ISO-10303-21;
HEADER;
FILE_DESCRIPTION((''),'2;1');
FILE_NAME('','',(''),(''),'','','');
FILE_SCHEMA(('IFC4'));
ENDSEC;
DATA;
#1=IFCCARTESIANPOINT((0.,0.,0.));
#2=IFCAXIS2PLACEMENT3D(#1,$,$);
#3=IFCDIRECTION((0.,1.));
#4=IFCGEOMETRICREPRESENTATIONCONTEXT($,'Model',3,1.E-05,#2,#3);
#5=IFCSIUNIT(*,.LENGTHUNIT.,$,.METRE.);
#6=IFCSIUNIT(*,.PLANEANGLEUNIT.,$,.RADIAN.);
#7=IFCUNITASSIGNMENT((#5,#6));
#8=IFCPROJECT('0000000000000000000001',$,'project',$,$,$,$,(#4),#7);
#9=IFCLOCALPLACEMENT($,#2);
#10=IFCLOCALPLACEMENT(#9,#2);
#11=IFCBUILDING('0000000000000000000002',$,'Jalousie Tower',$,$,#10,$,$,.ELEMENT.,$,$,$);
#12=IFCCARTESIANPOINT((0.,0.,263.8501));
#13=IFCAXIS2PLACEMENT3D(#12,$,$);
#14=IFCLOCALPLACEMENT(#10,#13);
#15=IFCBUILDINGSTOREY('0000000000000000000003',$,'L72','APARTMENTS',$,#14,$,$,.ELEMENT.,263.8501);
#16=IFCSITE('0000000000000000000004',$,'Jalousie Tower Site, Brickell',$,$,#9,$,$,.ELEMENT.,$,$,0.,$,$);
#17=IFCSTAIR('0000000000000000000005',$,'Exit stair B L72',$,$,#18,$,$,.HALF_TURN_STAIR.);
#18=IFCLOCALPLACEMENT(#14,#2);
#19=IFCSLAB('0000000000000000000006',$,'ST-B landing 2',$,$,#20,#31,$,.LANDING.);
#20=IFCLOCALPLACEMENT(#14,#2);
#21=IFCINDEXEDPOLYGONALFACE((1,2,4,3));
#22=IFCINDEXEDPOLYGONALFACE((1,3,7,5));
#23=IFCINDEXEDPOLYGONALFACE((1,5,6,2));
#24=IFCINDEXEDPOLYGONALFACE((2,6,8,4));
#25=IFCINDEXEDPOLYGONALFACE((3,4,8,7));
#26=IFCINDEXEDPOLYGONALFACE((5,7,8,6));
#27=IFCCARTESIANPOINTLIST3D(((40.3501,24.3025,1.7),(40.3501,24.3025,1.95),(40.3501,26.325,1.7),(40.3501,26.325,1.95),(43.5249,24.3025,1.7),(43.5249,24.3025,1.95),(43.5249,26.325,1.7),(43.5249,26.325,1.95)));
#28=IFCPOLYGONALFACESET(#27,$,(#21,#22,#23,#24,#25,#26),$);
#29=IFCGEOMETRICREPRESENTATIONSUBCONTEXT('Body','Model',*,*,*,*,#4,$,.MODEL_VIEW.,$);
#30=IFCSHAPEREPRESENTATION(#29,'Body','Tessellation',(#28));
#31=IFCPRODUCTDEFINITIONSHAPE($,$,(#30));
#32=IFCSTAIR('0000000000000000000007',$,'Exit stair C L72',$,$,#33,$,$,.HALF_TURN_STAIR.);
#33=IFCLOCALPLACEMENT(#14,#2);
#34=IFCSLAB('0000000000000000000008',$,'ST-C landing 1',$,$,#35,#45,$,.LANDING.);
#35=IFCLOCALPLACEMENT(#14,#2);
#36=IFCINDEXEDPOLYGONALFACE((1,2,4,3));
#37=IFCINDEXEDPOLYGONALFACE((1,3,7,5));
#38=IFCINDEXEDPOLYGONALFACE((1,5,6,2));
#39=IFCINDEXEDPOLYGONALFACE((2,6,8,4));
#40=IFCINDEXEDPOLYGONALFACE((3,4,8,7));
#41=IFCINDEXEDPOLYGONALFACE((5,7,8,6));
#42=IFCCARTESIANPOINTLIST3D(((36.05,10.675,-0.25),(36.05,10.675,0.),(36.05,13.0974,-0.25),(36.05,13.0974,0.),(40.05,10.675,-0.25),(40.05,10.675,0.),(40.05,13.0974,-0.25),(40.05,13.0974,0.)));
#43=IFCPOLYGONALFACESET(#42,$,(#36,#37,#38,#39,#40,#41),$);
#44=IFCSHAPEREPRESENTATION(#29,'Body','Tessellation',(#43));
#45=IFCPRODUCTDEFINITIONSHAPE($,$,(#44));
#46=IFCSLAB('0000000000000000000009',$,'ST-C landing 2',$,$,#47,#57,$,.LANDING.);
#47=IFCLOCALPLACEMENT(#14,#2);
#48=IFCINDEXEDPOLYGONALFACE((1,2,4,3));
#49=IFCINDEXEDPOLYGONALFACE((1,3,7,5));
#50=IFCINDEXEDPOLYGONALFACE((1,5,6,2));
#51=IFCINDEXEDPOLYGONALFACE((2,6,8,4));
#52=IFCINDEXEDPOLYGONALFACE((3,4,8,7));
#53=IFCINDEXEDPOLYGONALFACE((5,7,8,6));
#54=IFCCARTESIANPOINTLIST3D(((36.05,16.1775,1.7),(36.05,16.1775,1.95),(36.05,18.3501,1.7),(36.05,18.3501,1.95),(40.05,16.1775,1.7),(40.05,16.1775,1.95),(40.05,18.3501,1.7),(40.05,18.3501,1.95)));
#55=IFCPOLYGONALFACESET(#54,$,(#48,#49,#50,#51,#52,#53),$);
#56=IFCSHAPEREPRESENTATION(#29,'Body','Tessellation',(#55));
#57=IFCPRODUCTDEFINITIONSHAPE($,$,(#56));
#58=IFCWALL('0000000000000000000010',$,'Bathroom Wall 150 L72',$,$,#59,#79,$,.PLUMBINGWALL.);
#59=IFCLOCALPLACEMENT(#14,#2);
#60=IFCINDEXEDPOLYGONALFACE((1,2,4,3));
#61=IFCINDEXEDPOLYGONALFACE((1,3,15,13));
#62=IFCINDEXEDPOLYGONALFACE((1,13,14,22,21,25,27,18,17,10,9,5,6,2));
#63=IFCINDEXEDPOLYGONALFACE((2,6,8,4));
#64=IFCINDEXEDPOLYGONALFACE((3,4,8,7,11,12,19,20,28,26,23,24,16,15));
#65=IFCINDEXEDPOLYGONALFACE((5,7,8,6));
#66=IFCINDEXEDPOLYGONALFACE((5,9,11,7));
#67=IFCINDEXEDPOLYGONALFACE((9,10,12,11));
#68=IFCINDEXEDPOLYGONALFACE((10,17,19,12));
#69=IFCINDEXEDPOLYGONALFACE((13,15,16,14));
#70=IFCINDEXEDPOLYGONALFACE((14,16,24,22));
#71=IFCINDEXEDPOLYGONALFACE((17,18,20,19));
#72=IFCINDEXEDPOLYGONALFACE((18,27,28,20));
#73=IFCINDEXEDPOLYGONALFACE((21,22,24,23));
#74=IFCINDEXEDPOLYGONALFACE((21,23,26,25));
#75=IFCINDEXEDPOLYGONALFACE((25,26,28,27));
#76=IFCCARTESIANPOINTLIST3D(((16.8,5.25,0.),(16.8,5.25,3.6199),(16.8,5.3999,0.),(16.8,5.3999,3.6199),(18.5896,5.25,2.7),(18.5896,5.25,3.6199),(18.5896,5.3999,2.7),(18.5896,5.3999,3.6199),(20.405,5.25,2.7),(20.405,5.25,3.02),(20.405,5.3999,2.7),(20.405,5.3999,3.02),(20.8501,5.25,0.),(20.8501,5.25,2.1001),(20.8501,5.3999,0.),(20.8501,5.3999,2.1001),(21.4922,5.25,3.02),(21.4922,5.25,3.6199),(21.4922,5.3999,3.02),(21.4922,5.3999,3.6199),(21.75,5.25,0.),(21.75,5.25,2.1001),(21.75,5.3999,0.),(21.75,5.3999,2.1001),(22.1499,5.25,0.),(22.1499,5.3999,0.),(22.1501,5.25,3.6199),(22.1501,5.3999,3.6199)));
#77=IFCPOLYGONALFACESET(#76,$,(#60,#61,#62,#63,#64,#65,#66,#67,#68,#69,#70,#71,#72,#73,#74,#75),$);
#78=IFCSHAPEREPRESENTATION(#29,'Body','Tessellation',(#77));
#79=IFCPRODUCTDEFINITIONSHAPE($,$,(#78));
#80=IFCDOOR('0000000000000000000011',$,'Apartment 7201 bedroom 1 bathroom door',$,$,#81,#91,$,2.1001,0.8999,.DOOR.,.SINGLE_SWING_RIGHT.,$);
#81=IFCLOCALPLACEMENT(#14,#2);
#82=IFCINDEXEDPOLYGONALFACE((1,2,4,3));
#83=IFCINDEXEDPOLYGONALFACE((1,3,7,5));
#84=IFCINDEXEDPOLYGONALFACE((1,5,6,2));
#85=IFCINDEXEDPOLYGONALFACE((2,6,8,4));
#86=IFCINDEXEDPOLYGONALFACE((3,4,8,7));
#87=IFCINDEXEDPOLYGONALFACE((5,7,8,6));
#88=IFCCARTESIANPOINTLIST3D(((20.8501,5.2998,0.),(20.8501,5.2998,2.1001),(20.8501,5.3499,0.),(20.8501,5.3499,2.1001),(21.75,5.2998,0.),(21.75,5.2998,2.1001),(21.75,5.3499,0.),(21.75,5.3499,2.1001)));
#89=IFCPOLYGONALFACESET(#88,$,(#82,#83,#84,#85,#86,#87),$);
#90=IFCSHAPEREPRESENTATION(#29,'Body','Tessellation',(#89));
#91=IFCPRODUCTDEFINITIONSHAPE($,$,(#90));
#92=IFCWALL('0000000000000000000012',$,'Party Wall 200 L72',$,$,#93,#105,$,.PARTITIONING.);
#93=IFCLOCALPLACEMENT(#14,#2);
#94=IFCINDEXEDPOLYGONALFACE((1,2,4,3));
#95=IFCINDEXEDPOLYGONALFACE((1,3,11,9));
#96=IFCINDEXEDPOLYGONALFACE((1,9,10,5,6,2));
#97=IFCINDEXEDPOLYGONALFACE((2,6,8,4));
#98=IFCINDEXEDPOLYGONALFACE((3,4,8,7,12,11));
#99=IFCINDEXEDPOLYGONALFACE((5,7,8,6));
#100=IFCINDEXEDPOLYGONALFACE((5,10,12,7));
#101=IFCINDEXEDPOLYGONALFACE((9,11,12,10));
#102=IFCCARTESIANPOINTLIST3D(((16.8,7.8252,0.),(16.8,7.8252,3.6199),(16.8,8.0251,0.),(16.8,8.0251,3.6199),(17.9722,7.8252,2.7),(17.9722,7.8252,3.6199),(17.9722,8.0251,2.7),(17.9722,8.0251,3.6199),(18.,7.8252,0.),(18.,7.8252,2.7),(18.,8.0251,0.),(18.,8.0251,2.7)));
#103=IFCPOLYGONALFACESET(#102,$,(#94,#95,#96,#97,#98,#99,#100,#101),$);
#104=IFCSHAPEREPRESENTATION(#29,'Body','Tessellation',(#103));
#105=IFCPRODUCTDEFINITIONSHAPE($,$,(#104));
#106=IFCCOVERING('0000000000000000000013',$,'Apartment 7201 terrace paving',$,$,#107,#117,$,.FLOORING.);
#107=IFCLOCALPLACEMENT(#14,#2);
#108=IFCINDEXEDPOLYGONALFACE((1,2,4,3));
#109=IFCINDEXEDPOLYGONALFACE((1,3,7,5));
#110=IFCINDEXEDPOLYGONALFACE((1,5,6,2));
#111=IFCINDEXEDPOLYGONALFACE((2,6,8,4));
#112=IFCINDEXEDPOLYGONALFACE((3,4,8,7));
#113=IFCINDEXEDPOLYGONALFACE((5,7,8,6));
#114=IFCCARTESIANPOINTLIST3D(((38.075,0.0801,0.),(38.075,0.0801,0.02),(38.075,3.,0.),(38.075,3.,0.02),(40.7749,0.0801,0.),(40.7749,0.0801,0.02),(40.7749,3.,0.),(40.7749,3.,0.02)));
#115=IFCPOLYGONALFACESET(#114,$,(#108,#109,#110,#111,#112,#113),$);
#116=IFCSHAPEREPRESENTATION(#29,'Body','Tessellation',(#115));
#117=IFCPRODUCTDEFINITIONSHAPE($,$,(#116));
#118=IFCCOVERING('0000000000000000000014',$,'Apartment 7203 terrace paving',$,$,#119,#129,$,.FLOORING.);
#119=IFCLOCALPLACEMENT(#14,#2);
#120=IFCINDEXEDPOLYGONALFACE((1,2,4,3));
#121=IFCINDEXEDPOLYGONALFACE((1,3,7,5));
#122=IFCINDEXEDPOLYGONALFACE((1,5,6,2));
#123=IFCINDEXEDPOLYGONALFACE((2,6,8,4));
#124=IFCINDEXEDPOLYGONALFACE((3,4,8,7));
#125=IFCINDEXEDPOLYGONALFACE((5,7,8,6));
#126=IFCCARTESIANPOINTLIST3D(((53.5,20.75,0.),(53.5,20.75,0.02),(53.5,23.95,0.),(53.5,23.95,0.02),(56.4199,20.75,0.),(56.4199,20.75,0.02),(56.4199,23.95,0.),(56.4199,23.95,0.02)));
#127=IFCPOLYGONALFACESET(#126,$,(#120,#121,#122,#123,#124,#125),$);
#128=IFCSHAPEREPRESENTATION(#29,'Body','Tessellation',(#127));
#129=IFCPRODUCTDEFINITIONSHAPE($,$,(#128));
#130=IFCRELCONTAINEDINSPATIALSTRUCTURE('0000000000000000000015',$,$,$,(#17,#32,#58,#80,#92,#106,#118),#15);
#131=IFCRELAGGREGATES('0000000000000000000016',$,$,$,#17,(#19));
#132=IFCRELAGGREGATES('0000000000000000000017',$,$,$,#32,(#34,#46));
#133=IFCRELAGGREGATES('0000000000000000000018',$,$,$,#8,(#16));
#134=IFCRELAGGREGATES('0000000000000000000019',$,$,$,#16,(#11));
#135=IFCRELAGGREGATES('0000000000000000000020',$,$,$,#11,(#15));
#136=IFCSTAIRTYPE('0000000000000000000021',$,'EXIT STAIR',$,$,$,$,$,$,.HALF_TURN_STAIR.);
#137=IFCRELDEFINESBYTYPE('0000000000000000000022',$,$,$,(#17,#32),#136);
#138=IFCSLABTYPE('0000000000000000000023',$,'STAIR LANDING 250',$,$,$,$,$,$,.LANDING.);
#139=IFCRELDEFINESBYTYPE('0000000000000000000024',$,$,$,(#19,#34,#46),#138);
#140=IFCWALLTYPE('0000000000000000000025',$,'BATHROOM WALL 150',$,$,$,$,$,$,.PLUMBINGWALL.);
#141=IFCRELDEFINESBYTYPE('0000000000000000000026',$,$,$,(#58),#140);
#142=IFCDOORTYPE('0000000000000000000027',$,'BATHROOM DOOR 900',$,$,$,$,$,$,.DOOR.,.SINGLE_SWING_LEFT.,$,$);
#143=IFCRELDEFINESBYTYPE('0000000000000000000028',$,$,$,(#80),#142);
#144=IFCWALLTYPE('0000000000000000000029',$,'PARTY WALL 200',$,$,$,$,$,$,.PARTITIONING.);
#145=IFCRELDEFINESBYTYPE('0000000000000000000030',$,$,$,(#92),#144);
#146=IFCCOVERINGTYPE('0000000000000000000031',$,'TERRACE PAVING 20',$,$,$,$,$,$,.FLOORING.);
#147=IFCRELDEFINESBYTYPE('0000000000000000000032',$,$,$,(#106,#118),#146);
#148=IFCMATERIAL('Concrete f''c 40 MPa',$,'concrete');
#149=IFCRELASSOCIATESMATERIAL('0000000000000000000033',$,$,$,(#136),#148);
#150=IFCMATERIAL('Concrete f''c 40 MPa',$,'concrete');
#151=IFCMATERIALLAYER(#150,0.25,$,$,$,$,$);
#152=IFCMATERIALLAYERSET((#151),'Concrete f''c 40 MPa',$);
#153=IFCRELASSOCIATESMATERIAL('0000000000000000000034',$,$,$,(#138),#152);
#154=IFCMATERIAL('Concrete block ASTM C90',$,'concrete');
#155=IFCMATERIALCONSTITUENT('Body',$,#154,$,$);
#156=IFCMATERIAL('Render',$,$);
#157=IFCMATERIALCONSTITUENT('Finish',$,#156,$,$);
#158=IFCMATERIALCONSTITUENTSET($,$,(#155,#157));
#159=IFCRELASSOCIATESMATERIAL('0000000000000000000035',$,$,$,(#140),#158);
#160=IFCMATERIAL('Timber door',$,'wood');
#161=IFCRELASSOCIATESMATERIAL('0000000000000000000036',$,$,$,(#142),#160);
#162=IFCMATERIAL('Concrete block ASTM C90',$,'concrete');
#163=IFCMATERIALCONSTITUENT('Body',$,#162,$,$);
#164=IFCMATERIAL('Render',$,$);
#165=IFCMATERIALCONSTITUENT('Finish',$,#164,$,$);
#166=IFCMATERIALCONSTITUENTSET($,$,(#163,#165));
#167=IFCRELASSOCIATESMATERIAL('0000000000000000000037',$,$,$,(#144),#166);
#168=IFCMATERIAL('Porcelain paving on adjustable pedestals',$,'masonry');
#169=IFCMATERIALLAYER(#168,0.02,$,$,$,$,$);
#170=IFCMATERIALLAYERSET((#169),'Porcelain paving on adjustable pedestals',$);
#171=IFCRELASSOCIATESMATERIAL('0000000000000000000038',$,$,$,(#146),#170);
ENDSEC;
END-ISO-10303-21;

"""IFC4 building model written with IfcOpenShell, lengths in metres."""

from ifc_helpers import new_model, si_unit, direction, frame, frame_2d, origin, place, context, subcontext, project, spatial, polyline, rectangle, outline, extrude, material, layer, layer_set, constituent, constituent_set, type_object, element, fill, aggregate, save


model = new_model("IFC4")

# Units and contexts
model_context = context("Model", 3, precision=1e-05, world=origin(), true_north=direction((0.0, 1.0)))
body_context = subcontext(model_context, "Body", "Model", "MODEL_VIEW")
ifc_project = project(units=[si_unit("LENGTHUNIT", "METRE"), si_unit("PLANEANGLEUNIT", "RADIAN")], contexts=[model_context])

# Site, building, storey
site_placement = place(None, origin())
site = spatial("IfcSite", under=ifc_project, at=site_placement, Name="Jalousie Tower Site, Brickell", CompositionType="ELEMENT", RefElevation=0.0)
building_placement = place(site_placement, origin())
building = spatial("IfcBuilding", under=site, at=building_placement, Name="Jalousie Tower", CompositionType="ELEMENT")
storey_placement = place(building_placement, frame((0.0, 0.0, 263.8501)))
storey = spatial("IfcBuildingStorey", under=building, at=storey_placement, Name="L72", Description="APARTMENTS", CompositionType="ELEMENT", Elevation=263.8501)

# Stairs, slabs
ifc_material_1 = material(Name="Concrete f'c 40 MPa", Category="concrete")
stair_type = type_object("IfcStairType", Name="EXIT STAIR", PredefinedType="HALF_TURN_STAIR", material=ifc_material_1)
ifc_material_2 = material(Name="Concrete f'c 40 MPa", Category="concrete")
ifc_layer_1 = layer(ifc_material_2, 0.25)
ifc_layer_set_1 = layer_set([ifc_layer_1], Name="Concrete f'c 40 MPa")
slab_type_1 = type_object("IfcSlabType", Name="STAIR LANDING 250", PredefinedType="LANDING", material=ifc_layer_set_1)
stair_1_placement = place(storey_placement, origin())
stair_1 = element("IfcStair", 1, at=stair_1_placement, inside=storey, type_object=stair_type, Name="Exit stair B L72", PredefinedType="HALF_TURN_STAIR")
slab_1_placement = place(storey_placement, frame((0.0, 0.0, 1.7)))
slab_1 = element("IfcSlab", 2, at=slab_1_placement, type_object=slab_type_1, Name="ST-B landing 2", PredefinedType="LANDING", context=body_context, shape_type="SweptSolid", body=[
    extrude(outline(polyline([(40.3501, 24.3025), (43.5249, 24.3025), (43.5249, 26.325), (40.3501, 26.325), (40.3501, 24.3025)])), origin(), (0.0, 0.0, 1.0), 0.25),
])
aggregate(stair_1, [slab_1])
stair_2_placement = place(storey_placement, origin())
stair_2 = element("IfcStair", 3, at=stair_2_placement, inside=storey, type_object=stair_type, Name="Exit stair C L72", PredefinedType="HALF_TURN_STAIR")
slab_2_placement = place(storey_placement, frame((0.0, 0.0, -0.25)))
slab_2 = element("IfcSlab", 4, at=slab_2_placement, type_object=slab_type_1, Name="ST-C landing 1", PredefinedType="LANDING", context=body_context, shape_type="SweptSolid", body=[
    extrude(outline(polyline([(36.05, 10.675), (40.05, 10.675), (40.05, 13.0974), (36.05, 13.0974), (36.05, 10.675)])), origin(), (0.0, 0.0, 1.0), 0.25),
])
slab_3_placement = place(storey_placement, frame((0.0, 0.0, 1.7)))
slab_3 = element("IfcSlab", 5, at=slab_3_placement, type_object=slab_type_1, Name="ST-C landing 2", PredefinedType="LANDING", context=body_context, shape_type="SweptSolid", body=[
    extrude(outline(polyline([(36.05, 16.1775), (40.05, 16.1775), (40.05, 18.3501), (36.05, 18.3501), (36.05, 16.1775)])), origin(), (0.0, 0.0, 1.0), 0.25),
])
aggregate(stair_2, [slab_2, slab_3])

# Wall, opening, door
ifc_material_3 = material(Name="Concrete block ASTM C90", Category="concrete")
ifc_constituent_1 = constituent(ifc_material_3, Name="Body")
ifc_material_4 = material(Name="Render")
ifc_constituent_2 = constituent(ifc_material_4, Name="Finish")
ifc_constituent_set_1 = constituent_set(constituents=[ifc_constituent_1, ifc_constituent_2])
wall_type_1 = type_object("IfcWallType", Name="BATHROOM WALL 150", PredefinedType="PLUMBINGWALL", material=ifc_constituent_set_1)
wall_1_placement = place(storey_placement, frame((16.8, 5.325, 0.0), z_axis=(0.0, 0.0, 1.0), x_axis=(1.0, 0.0, 0.0)))
wall_1 = element("IfcWall", 6, at=wall_1_placement, inside=storey, type_object=wall_type_1, Name="Bathroom Wall 150 L72", PredefinedType="PLUMBINGWALL", context=body_context, shape_type="SweptSolid", body=[
    extrude(outline(polyline([(0.0, 0.0), (5.3499, 0.0), (5.3501, 3.6199), (4.6921, 3.6199), (4.6921, 3.02), (3.605, 3.02), (3.605, 2.7), (1.7896, 2.7), (1.7896, 3.6199), (0.0, 3.6199), (0.0, 0.0)])), frame((0.0, 0.075, 0.0), z_axis=(0.0, -1.0, 0.0), x_axis=(1.0, 0.0, 0.0)), (0.0, 0.0, 1.0), 0.1499),
])
opening_placement = place(wall_1_placement, frame((4.05, 0.0, 0.0)))
opening = element("IfcOpeningElement", 7, at=opening_placement, cuts=wall_1, PredefinedType="OPENING", context=body_context, shape_type="SweptSolid", body=[
    extrude(rectangle(XDim=0.8999, YDim=2.1001, at=frame_2d((0.45, 1.05))), frame((0.0, 0.085, 0.0), z_axis=(0.0, -1.0, 0.0), x_axis=(1.0, 0.0, 0.0)), (0.0, 0.0, 1.0), 0.1699),
])
ifc_material_5 = material(Name="Timber door", Category="wood")
door_type = type_object("IfcDoorType", Name="BATHROOM DOOR 900", OperationType="SINGLE_SWING_LEFT", PredefinedType="DOOR", material=ifc_material_5)
door_placement = place(opening_placement, origin())
door = element("IfcDoor", 8, at=door_placement, inside=storey, type_object=door_type, Name="Apartment 7201 bedroom 1 bathroom door", OperationType="SINGLE_SWING_RIGHT", OverallHeight=2.1001, OverallWidth=0.8999, PredefinedType="DOOR", context=body_context, shape_type="SweptSolid", body=[
    extrude(rectangle(XDim=0.8999, YDim=2.1001, at=frame_2d((0.45, 1.05))), frame((0.0, 0.0249, 0.0), z_axis=(0.0, -1.0, 0.0), x_axis=(1.0, 0.0, 0.0)), (0.0, 0.0, 1.0), 0.05),
])
fill(opening, door)

# Wall
ifc_material_6 = material(Name="Concrete block ASTM C90", Category="concrete")
ifc_constituent_3 = constituent(ifc_material_6, Name="Body")
ifc_material_7 = material(Name="Render")
ifc_constituent_4 = constituent(ifc_material_7, Name="Finish")
ifc_constituent_set_2 = constituent_set(constituents=[ifc_constituent_3, ifc_constituent_4])
wall_type_2 = type_object("IfcWallType", Name="PARTY WALL 200", PredefinedType="PARTITIONING", material=ifc_constituent_set_2)
wall_2_placement = place(storey_placement, frame((16.8, 7.925, 0.0), z_axis=(0.0, 0.0, 1.0), x_axis=(1.0, 0.0, 0.0)))
element("IfcWall", 9, at=wall_2_placement, inside=storey, type_object=wall_type_2, Name="Party Wall 200 L72", PredefinedType="PARTITIONING", context=body_context, shape_type="SweptSolid", body=[
    extrude(outline(polyline([(0.0, 0.0), (1.2, 0.0), (1.2, 3.6199), (1.2, 2.7), (1.1721, 2.7), (1.1721, 3.6199), (0.0, 3.6199), (0.0, 0.0)])), frame((0.0, 0.1001, 0.0), z_axis=(0.0, -1.0, 0.0), x_axis=(1.0, 0.0, 0.0)), (0.0, 0.0, 1.0), 0.2),
])

# Coverings
ifc_material_8 = material(Name="Porcelain paving on adjustable pedestals", Category="masonry")
ifc_layer_2 = layer(ifc_material_8, 0.02)
ifc_layer_set_2 = layer_set([ifc_layer_2], Name="Porcelain paving on adjustable pedestals")
covering_type = type_object("IfcCoveringType", Name="TERRACE PAVING 20", PredefinedType="FLOORING", material=ifc_layer_set_2)
covering_1_placement = place(storey_placement, origin())
element("IfcCovering", 10, at=covering_1_placement, inside=storey, type_object=covering_type, Name="Apartment 7201 terrace paving", PredefinedType="FLOORING", context=body_context, shape_type="SweptSolid", body=[
    extrude(outline(polyline([(38.075, 0.0801), (40.7749, 0.0801), (40.7749, 3.0), (38.075, 3.0), (38.075, 0.0801)])), origin(), (0.0, 0.0, 1.0), 0.02),
])
covering_2_placement = place(storey_placement, origin())
element("IfcCovering", 11, at=covering_2_placement, inside=storey, type_object=covering_type, Name="Apartment 7203 terrace paving", PredefinedType="FLOORING", context=body_context, shape_type="SweptSolid", body=[
    extrude(outline(polyline([(56.4199, 20.75), (56.4199, 23.95), (53.5, 23.95), (53.5, 20.75), (56.4199, 20.75)])), origin(), (0.0, 0.0, 1.0), 0.02),
])

save(model, "model.ifc")
